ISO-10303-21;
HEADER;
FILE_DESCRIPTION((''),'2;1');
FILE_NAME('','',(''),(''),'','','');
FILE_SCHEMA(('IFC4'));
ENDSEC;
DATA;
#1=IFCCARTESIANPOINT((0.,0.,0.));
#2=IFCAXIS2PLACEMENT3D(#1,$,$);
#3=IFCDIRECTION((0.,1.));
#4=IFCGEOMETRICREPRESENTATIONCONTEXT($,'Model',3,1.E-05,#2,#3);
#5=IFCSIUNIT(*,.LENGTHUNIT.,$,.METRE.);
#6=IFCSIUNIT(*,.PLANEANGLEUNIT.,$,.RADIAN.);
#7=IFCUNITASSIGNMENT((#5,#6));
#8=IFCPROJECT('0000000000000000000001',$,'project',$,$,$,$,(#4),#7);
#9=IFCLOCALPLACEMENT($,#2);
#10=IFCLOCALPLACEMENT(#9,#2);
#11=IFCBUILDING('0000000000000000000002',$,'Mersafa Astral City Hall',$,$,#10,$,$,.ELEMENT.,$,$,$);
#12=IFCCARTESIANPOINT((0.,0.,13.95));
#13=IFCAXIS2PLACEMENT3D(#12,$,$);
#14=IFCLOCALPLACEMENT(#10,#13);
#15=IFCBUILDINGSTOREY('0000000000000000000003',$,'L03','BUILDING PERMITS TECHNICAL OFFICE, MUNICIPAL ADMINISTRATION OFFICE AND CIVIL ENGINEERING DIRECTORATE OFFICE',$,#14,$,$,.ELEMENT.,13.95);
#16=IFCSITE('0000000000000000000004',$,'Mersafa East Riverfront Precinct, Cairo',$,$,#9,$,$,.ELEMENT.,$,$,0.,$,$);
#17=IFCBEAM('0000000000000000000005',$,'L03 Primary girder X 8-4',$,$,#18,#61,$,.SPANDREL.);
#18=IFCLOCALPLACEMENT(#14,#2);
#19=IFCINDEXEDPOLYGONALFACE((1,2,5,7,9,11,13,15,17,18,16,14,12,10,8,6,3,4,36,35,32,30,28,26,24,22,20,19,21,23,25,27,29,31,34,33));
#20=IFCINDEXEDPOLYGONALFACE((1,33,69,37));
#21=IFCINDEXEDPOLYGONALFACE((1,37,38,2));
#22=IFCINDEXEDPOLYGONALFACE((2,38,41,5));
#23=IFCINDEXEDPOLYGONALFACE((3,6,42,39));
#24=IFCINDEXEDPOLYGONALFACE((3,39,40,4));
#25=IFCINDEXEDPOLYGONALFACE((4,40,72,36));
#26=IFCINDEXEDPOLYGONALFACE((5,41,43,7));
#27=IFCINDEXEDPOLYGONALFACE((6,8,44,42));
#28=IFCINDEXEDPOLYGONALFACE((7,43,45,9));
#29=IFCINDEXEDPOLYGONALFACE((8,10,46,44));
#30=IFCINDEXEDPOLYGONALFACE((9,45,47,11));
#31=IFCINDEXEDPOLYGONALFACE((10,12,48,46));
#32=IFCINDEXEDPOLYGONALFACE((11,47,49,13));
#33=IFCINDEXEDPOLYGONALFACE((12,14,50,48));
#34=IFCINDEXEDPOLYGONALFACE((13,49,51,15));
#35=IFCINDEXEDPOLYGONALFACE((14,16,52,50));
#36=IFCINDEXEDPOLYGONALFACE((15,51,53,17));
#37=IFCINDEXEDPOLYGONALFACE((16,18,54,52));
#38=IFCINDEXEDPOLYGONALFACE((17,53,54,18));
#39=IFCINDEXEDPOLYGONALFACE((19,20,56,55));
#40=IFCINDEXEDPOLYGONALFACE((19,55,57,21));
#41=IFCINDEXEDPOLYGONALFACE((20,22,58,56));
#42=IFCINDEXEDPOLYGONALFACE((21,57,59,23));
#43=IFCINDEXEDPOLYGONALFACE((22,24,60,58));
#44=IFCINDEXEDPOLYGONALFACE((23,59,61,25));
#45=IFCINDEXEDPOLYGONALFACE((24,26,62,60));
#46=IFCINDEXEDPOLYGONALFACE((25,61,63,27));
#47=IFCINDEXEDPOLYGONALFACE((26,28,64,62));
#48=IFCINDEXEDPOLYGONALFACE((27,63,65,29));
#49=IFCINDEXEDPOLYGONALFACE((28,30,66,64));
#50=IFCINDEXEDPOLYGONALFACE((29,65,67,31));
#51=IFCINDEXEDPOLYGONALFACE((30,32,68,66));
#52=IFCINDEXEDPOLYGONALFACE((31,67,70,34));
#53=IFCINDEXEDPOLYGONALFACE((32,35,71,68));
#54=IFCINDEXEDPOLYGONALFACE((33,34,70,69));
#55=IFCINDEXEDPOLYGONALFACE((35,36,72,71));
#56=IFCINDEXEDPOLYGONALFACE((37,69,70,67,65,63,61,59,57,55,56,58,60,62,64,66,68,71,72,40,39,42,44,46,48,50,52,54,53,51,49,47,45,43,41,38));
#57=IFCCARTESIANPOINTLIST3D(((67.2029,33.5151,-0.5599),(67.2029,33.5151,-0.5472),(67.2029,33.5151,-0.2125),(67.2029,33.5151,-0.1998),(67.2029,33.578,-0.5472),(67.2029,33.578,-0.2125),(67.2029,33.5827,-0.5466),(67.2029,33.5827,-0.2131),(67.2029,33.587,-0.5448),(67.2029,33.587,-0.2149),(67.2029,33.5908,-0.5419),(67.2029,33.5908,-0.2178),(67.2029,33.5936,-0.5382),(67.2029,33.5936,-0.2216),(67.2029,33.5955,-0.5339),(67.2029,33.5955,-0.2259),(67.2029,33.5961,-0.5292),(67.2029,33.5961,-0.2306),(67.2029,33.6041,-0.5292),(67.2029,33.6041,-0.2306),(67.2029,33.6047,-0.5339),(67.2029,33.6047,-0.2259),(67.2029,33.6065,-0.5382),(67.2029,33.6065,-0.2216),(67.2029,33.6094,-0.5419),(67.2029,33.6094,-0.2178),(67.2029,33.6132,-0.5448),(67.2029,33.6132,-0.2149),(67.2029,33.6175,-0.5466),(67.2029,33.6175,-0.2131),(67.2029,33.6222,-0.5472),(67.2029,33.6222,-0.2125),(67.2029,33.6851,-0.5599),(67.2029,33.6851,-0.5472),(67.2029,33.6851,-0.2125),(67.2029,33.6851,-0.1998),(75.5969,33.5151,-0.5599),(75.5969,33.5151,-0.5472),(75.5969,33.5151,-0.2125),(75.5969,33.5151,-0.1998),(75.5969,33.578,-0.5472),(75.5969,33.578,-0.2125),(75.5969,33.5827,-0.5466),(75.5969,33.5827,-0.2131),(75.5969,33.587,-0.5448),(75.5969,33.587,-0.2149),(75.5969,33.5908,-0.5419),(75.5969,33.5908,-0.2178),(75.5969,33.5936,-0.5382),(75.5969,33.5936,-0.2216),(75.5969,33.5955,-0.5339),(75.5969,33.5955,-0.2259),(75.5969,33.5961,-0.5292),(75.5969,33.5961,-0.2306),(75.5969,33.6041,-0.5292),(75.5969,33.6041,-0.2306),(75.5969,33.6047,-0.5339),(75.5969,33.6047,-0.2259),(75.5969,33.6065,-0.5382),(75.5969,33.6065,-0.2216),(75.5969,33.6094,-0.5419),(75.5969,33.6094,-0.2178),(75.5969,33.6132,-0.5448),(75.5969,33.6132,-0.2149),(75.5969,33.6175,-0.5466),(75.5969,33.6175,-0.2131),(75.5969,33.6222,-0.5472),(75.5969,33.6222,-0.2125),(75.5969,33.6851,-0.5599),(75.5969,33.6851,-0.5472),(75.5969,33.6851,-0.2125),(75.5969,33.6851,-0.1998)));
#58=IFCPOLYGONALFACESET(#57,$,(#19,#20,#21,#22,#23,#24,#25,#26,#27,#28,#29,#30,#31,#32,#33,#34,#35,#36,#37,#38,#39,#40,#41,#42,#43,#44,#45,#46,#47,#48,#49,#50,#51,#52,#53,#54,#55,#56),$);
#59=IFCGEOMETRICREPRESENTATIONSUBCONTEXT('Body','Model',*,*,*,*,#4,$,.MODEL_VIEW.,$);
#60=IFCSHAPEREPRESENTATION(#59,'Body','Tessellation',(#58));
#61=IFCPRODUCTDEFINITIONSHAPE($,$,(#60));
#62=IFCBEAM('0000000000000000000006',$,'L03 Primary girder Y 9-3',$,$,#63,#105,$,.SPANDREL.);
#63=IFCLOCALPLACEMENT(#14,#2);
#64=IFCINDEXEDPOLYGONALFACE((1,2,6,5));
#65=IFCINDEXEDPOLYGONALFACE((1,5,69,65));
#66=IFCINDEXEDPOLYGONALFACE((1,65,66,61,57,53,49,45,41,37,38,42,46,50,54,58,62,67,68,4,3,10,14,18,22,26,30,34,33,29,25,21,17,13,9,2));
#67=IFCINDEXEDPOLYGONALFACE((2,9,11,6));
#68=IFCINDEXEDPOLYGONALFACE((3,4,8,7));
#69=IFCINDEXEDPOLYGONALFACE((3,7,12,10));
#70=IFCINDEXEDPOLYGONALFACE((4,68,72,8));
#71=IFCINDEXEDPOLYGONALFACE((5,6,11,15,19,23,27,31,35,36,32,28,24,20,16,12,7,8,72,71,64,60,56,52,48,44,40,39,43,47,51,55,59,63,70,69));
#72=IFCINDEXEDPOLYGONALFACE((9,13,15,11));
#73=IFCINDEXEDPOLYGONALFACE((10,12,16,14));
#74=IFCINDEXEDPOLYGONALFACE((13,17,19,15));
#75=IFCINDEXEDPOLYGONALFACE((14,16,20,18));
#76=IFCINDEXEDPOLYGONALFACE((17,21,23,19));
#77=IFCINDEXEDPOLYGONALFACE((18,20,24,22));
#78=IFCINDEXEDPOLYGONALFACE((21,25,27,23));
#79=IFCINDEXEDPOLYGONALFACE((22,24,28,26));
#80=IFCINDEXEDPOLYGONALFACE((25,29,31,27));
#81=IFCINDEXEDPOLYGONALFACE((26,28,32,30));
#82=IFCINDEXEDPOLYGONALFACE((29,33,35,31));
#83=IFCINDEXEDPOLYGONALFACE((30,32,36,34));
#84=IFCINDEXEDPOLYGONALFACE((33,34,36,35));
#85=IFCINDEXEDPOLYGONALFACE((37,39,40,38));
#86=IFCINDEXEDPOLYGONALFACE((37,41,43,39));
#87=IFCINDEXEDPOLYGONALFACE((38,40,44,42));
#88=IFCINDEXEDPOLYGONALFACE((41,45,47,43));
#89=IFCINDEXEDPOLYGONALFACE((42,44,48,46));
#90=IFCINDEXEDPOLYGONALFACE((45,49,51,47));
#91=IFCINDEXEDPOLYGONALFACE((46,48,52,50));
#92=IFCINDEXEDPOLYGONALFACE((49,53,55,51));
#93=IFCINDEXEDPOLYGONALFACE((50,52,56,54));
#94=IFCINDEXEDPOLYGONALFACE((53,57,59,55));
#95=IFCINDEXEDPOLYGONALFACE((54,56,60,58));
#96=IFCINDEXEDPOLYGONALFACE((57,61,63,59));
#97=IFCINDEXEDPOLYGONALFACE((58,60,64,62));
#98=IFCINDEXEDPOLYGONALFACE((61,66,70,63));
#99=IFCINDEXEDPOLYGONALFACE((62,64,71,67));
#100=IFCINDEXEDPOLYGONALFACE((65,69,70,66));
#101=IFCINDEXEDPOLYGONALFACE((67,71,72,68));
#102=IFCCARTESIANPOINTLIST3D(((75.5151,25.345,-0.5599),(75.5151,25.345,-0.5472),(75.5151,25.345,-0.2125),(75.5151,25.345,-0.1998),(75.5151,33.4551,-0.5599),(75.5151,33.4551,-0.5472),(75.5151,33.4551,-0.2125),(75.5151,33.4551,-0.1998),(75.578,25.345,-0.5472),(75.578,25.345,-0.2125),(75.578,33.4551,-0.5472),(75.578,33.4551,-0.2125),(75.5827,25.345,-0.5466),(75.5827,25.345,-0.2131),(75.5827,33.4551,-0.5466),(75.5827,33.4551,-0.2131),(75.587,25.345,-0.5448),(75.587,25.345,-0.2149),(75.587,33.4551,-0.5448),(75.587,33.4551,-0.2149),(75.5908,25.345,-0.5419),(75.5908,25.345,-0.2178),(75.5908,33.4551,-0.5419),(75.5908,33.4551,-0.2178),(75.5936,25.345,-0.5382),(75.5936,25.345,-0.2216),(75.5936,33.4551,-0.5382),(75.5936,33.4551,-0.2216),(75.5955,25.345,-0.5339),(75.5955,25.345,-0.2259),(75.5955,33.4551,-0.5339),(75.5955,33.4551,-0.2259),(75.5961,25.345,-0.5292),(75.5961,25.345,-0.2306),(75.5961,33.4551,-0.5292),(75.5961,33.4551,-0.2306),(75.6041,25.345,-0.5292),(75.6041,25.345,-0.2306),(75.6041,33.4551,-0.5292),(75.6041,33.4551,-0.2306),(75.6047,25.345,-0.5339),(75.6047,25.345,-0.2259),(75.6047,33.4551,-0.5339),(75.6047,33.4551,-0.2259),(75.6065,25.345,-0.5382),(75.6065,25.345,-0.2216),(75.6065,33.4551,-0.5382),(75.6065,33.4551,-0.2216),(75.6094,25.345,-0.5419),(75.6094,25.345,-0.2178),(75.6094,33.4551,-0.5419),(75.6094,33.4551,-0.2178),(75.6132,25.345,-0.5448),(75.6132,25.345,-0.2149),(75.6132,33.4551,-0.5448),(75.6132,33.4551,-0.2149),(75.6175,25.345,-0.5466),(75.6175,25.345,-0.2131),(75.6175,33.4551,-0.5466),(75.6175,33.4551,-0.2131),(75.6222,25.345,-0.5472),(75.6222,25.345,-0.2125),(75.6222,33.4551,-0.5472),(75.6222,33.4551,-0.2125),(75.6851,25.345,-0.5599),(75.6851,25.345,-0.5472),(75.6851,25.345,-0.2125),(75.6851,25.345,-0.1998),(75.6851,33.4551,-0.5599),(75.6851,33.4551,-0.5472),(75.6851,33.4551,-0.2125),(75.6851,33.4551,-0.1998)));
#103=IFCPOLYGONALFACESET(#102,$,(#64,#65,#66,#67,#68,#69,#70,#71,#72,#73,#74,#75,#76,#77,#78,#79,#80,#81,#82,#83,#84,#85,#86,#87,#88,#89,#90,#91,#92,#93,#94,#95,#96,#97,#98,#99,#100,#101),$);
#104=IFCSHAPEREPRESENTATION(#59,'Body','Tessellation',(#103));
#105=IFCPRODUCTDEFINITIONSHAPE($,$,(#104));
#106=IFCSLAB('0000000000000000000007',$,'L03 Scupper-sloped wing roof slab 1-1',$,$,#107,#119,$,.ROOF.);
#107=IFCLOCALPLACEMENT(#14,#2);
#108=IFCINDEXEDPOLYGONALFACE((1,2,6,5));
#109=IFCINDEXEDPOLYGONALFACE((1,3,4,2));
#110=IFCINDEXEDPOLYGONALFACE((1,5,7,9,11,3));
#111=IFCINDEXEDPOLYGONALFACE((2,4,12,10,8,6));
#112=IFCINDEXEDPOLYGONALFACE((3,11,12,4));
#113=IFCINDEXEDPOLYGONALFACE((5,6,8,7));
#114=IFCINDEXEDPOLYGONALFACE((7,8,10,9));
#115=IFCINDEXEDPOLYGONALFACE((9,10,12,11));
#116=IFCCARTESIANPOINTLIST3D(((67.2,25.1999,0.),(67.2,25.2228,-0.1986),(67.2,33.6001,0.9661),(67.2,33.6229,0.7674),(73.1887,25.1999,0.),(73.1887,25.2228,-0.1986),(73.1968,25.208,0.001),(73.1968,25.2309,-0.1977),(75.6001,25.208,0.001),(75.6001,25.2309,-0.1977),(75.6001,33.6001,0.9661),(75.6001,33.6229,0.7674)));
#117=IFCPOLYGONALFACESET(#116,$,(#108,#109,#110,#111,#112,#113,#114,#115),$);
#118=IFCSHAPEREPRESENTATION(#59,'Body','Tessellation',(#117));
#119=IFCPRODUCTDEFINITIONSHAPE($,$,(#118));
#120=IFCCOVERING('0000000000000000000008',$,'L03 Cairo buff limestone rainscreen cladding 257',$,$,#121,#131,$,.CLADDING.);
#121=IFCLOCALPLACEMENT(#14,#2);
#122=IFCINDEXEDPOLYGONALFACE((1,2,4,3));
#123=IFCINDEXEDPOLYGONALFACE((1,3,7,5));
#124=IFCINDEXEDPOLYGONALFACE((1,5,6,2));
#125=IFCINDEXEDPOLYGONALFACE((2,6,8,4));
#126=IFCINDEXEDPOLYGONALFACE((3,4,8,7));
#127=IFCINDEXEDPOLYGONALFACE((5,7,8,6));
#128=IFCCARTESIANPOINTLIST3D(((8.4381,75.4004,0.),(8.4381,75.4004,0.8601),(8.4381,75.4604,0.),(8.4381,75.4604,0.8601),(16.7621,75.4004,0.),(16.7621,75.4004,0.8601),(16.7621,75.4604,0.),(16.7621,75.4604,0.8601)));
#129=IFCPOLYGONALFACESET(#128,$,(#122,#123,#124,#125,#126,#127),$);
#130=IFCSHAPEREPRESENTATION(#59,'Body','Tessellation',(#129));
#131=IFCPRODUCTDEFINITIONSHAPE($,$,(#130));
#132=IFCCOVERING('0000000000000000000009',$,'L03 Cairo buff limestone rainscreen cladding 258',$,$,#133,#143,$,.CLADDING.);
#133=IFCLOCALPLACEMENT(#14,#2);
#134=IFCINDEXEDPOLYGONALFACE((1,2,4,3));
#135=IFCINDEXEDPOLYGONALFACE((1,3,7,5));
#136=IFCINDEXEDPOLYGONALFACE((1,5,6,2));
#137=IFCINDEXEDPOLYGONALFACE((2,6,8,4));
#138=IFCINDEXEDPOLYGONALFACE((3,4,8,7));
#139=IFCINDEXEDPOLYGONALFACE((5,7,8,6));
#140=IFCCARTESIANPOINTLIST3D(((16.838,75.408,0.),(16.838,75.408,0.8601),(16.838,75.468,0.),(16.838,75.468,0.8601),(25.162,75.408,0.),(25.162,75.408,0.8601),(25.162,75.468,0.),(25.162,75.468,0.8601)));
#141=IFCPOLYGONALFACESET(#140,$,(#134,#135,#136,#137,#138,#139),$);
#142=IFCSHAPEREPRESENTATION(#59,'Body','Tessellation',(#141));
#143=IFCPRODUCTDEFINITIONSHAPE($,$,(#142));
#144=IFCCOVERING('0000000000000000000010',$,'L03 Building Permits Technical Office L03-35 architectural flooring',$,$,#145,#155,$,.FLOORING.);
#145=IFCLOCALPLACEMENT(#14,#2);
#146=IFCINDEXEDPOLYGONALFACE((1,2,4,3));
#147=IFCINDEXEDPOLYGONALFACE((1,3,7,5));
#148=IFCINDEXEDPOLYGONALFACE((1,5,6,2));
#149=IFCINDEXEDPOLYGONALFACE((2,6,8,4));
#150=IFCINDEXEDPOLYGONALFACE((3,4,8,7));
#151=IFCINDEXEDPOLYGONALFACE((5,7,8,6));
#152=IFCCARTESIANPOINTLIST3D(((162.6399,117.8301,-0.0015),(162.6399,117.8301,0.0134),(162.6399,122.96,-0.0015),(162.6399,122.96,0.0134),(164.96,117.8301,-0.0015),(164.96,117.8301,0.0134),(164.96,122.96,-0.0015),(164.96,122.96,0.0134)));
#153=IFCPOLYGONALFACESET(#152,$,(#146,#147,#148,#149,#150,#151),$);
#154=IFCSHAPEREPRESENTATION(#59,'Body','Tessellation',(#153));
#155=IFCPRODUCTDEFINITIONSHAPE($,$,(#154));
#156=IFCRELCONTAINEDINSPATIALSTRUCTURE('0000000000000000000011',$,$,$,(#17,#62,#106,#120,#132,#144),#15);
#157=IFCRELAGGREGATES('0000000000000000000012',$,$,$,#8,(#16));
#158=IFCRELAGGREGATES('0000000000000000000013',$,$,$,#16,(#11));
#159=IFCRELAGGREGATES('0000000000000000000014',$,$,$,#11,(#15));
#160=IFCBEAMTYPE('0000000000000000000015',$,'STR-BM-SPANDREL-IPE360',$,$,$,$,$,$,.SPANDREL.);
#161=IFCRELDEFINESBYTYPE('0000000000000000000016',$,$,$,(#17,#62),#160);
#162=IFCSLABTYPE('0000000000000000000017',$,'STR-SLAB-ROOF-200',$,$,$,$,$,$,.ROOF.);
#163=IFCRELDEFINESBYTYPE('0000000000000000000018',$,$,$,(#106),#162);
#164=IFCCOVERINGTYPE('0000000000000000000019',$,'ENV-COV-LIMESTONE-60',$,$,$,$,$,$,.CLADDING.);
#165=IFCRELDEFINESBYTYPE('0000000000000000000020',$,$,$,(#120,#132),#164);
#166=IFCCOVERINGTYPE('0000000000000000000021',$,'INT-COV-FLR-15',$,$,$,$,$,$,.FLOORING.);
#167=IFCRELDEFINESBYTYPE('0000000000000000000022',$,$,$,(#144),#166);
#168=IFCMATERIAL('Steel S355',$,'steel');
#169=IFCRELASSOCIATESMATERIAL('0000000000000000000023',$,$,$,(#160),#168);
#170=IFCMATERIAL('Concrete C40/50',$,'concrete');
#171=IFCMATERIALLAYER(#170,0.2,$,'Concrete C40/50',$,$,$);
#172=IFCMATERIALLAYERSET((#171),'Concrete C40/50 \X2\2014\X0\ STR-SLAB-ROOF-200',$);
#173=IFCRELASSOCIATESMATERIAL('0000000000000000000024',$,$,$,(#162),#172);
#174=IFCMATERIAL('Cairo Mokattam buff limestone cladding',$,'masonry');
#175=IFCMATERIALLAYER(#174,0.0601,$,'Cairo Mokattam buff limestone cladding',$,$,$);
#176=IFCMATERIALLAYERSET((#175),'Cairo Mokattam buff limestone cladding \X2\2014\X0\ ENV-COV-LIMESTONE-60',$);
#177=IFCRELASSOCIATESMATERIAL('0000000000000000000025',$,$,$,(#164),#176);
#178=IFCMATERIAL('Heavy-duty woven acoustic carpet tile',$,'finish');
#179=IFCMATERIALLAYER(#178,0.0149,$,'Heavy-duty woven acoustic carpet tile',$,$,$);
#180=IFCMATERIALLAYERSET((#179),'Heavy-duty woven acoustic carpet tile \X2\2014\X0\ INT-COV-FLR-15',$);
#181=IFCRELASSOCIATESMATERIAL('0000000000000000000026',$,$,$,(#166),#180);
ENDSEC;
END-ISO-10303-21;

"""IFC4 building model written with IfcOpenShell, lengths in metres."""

from ifc_helpers import new_model, si_unit, direction, frame, origin, origin_2d, place, context, subcontext, project, spatial, polyline, rectangle, i_section, outline, extrude, material, layer, layer_set, material_profile, profile_set, type_object, element, save


model = new_model("IFC4")

# Units and contexts
model_context = context("Model", 3, precision=1e-05, world=origin(), true_north=direction((0.0, 1.0)))
body_context = subcontext(model_context, "Body", "Model", "MODEL_VIEW")
ifc_project = project(units=[si_unit("LENGTHUNIT", "METRE"), si_unit("PLANEANGLEUNIT", "RADIAN")], contexts=[model_context])

# Site, building, storey
site_placement = place(None, origin())
site = spatial("IfcSite", under=ifc_project, at=site_placement, Name="Mersafa East Riverfront Precinct, Cairo", CompositionType="ELEMENT", RefElevation=0.0)
building_placement = place(site_placement, origin())
building = spatial("IfcBuilding", under=site, at=building_placement, Name="Mersafa Astral City Hall", CompositionType="ELEMENT")
storey_placement = place(building_placement, frame((0.0, 0.0, 13.95)))
storey = spatial("IfcBuildingStorey", under=building, at=storey_placement, Name="L03", Description="BUILDING PERMITS TECHNICAL OFFICE, MUNICIPAL ADMINISTRATION OFFICE AND CIVIL ENGINEERING DIRECTORATE OFFICE", CompositionType="ELEMENT", Elevation=13.95)

# Shared definitions
ifc_material_1 = material(Name="Steel S355", Category="steel")
ifc_material_2 = material(Name="Concrete C40/50", Category="concrete")

# Beams
ifc_material_profile_1 = material_profile(ifc_material_1, i_section(OverallWidth=0.1699, OverallDepth=0.3601, WebThickness=0.0081, FlangeThickness=0.0127, FilletRadius=0.0181, at=origin_2d()), Name="IPE 360")
ifc_profile_set_1 = profile_set([ifc_material_profile_1], Name="Steel S355")
beam_type_1 = type_object("IfcBeamType", Name="STR-BM-SPANDREL-IPE360", PredefinedType="SPANDREL", material=ifc_profile_set_1)
beam_1_placement = place(storey_placement, frame((67.2029, 33.6001, -0.3799), z_axis=(1.0, 0.0, 0.0), x_axis=(0.0, 1.0, 0.0)))
element("IfcBeam", 1, at=beam_1_placement, inside=storey, type_object=beam_type_1, Name="L03 Primary girder X 8-4", PredefinedType="SPANDREL", context=body_context, shape_type="SweptSolid", body=[
    extrude(i_section(OverallWidth=0.1699, OverallDepth=0.3601, WebThickness=0.0081, FlangeThickness=0.0127, FilletRadius=0.0181, at=origin_2d()), origin(), (0.0, 0.0, 1.0), 8.394),
])
beam_2_placement = place(storey_placement, frame((75.6001, 25.345, -0.3799), z_axis=(0.0, 1.0, 0.0), x_axis=(-1.0, 0.0, 0.0)))
element("IfcBeam", 2, at=beam_2_placement, inside=storey, type_object=beam_type_1, Name="L03 Primary girder Y 9-3", PredefinedType="SPANDREL", context=body_context, shape_type="SweptSolid", body=[
    extrude(i_section(OverallWidth=0.1699, OverallDepth=0.3601, WebThickness=0.0081, FlangeThickness=0.0127, FilletRadius=0.0181, at=origin_2d()), origin(), (0.0, 0.0, 1.0), 8.1101),
])

# Slab
ifc_layer_1 = layer(ifc_material_2, 0.2, Name="Concrete C40/50")
ifc_layer_set_1 = layer_set([ifc_layer_1], Name="Concrete C40/50 — STR-SLAB-ROOF-200")
slab_type = type_object("IfcSlabType", Name="STR-SLAB-ROOF-200", PredefinedType="ROOF", material=ifc_layer_set_1)
slab_placement = place(storey_placement, frame((67.2, 33.6001, 0.9661), z_axis=(-0.000003, -0.114251, 0.993452), x_axis=(0.0, -0.993452, -0.114251)))
element("IfcSlab", 3, at=slab_placement, inside=storey, type_object=slab_type, Name="L03 Scupper-sloped wing roof slab 1-1", PredefinedType="ROOF", context=body_context, shape_type="SweptSolid", body=[
    extrude(outline(polyline([(0.0, 0.0), (8.4555, 0.0), (8.4555, 5.9888), (8.4474, 5.9968), (8.4474, 8.4001), (0.0, 8.4001), (0.0, 0.0)])), origin(), (0.0, 0.0, -1.0), 0.2),
])

# Coverings
ifc_material_3 = material(Name="Cairo Mokattam buff limestone cladding", Category="masonry")
ifc_layer_2 = layer(ifc_material_3, 0.0601, Name="Cairo Mokattam buff limestone cladding")
ifc_layer_set_2 = layer_set([ifc_layer_2], Name="Cairo Mokattam buff limestone cladding — ENV-COV-LIMESTONE-60")
covering_type_1 = type_object("IfcCoveringType", Name="ENV-COV-LIMESTONE-60", PredefinedType="CLADDING", material=ifc_layer_set_2)
for number, where, z_axis, x_axis, name in (
    (4, (12.6001, 75.4304, 0.0), (0.0, 0.0, 1.0), (1.0, 0.0, 0.0), "L03 Cairo buff limestone rainscreen cladding 257"),
    (5, (21.0, 75.438, 0.0), (0.0, 0.0, 1.0), (1.0, 0.0, 0.0), "L03 Cairo buff limestone rainscreen cladding 258"),
):
    element("IfcCovering", number, at=place(storey_placement, frame(where, z_axis=z_axis, x_axis=x_axis)), inside=storey, type_object=covering_type_1, Name=name, PredefinedType="CLADDING", context=body_context, shape_type="SweptSolid", body=[
        extrude(rectangle(XDim=8.324, YDim=0.0601, at=origin_2d()), origin(), (0.0, 0.0, 1.0), 0.8601),
    ])
ifc_material_4 = material(Name="Heavy-duty woven acoustic carpet tile", Category="finish")
ifc_layer_3 = layer(ifc_material_4, 0.0149, Name="Heavy-duty woven acoustic carpet tile")
ifc_layer_set_3 = layer_set([ifc_layer_3], Name="Heavy-duty woven acoustic carpet tile — INT-COV-FLR-15")
covering_type_2 = type_object("IfcCoveringType", Name="INT-COV-FLR-15", PredefinedType="FLOORING", material=ifc_layer_set_3)
covering_placement = place(storey_placement, frame((0.0, 0.0, -0.0015)))
element("IfcCovering", 6, at=covering_placement, inside=storey, type_object=covering_type_2, Name="L03 Building Permits Technical Office L03-35 architectural flooring", PredefinedType="FLOORING", context=body_context, shape_type="SweptSolid", body=[
    extrude(outline(polyline([(164.96, 117.8301), (162.6399, 117.8301), (162.6399, 122.96), (164.96, 122.96), (164.96, 117.8301)])), origin(), (0.0, 0.0, 1.0), 0.0149),
])

save(model, "model.ifc")
